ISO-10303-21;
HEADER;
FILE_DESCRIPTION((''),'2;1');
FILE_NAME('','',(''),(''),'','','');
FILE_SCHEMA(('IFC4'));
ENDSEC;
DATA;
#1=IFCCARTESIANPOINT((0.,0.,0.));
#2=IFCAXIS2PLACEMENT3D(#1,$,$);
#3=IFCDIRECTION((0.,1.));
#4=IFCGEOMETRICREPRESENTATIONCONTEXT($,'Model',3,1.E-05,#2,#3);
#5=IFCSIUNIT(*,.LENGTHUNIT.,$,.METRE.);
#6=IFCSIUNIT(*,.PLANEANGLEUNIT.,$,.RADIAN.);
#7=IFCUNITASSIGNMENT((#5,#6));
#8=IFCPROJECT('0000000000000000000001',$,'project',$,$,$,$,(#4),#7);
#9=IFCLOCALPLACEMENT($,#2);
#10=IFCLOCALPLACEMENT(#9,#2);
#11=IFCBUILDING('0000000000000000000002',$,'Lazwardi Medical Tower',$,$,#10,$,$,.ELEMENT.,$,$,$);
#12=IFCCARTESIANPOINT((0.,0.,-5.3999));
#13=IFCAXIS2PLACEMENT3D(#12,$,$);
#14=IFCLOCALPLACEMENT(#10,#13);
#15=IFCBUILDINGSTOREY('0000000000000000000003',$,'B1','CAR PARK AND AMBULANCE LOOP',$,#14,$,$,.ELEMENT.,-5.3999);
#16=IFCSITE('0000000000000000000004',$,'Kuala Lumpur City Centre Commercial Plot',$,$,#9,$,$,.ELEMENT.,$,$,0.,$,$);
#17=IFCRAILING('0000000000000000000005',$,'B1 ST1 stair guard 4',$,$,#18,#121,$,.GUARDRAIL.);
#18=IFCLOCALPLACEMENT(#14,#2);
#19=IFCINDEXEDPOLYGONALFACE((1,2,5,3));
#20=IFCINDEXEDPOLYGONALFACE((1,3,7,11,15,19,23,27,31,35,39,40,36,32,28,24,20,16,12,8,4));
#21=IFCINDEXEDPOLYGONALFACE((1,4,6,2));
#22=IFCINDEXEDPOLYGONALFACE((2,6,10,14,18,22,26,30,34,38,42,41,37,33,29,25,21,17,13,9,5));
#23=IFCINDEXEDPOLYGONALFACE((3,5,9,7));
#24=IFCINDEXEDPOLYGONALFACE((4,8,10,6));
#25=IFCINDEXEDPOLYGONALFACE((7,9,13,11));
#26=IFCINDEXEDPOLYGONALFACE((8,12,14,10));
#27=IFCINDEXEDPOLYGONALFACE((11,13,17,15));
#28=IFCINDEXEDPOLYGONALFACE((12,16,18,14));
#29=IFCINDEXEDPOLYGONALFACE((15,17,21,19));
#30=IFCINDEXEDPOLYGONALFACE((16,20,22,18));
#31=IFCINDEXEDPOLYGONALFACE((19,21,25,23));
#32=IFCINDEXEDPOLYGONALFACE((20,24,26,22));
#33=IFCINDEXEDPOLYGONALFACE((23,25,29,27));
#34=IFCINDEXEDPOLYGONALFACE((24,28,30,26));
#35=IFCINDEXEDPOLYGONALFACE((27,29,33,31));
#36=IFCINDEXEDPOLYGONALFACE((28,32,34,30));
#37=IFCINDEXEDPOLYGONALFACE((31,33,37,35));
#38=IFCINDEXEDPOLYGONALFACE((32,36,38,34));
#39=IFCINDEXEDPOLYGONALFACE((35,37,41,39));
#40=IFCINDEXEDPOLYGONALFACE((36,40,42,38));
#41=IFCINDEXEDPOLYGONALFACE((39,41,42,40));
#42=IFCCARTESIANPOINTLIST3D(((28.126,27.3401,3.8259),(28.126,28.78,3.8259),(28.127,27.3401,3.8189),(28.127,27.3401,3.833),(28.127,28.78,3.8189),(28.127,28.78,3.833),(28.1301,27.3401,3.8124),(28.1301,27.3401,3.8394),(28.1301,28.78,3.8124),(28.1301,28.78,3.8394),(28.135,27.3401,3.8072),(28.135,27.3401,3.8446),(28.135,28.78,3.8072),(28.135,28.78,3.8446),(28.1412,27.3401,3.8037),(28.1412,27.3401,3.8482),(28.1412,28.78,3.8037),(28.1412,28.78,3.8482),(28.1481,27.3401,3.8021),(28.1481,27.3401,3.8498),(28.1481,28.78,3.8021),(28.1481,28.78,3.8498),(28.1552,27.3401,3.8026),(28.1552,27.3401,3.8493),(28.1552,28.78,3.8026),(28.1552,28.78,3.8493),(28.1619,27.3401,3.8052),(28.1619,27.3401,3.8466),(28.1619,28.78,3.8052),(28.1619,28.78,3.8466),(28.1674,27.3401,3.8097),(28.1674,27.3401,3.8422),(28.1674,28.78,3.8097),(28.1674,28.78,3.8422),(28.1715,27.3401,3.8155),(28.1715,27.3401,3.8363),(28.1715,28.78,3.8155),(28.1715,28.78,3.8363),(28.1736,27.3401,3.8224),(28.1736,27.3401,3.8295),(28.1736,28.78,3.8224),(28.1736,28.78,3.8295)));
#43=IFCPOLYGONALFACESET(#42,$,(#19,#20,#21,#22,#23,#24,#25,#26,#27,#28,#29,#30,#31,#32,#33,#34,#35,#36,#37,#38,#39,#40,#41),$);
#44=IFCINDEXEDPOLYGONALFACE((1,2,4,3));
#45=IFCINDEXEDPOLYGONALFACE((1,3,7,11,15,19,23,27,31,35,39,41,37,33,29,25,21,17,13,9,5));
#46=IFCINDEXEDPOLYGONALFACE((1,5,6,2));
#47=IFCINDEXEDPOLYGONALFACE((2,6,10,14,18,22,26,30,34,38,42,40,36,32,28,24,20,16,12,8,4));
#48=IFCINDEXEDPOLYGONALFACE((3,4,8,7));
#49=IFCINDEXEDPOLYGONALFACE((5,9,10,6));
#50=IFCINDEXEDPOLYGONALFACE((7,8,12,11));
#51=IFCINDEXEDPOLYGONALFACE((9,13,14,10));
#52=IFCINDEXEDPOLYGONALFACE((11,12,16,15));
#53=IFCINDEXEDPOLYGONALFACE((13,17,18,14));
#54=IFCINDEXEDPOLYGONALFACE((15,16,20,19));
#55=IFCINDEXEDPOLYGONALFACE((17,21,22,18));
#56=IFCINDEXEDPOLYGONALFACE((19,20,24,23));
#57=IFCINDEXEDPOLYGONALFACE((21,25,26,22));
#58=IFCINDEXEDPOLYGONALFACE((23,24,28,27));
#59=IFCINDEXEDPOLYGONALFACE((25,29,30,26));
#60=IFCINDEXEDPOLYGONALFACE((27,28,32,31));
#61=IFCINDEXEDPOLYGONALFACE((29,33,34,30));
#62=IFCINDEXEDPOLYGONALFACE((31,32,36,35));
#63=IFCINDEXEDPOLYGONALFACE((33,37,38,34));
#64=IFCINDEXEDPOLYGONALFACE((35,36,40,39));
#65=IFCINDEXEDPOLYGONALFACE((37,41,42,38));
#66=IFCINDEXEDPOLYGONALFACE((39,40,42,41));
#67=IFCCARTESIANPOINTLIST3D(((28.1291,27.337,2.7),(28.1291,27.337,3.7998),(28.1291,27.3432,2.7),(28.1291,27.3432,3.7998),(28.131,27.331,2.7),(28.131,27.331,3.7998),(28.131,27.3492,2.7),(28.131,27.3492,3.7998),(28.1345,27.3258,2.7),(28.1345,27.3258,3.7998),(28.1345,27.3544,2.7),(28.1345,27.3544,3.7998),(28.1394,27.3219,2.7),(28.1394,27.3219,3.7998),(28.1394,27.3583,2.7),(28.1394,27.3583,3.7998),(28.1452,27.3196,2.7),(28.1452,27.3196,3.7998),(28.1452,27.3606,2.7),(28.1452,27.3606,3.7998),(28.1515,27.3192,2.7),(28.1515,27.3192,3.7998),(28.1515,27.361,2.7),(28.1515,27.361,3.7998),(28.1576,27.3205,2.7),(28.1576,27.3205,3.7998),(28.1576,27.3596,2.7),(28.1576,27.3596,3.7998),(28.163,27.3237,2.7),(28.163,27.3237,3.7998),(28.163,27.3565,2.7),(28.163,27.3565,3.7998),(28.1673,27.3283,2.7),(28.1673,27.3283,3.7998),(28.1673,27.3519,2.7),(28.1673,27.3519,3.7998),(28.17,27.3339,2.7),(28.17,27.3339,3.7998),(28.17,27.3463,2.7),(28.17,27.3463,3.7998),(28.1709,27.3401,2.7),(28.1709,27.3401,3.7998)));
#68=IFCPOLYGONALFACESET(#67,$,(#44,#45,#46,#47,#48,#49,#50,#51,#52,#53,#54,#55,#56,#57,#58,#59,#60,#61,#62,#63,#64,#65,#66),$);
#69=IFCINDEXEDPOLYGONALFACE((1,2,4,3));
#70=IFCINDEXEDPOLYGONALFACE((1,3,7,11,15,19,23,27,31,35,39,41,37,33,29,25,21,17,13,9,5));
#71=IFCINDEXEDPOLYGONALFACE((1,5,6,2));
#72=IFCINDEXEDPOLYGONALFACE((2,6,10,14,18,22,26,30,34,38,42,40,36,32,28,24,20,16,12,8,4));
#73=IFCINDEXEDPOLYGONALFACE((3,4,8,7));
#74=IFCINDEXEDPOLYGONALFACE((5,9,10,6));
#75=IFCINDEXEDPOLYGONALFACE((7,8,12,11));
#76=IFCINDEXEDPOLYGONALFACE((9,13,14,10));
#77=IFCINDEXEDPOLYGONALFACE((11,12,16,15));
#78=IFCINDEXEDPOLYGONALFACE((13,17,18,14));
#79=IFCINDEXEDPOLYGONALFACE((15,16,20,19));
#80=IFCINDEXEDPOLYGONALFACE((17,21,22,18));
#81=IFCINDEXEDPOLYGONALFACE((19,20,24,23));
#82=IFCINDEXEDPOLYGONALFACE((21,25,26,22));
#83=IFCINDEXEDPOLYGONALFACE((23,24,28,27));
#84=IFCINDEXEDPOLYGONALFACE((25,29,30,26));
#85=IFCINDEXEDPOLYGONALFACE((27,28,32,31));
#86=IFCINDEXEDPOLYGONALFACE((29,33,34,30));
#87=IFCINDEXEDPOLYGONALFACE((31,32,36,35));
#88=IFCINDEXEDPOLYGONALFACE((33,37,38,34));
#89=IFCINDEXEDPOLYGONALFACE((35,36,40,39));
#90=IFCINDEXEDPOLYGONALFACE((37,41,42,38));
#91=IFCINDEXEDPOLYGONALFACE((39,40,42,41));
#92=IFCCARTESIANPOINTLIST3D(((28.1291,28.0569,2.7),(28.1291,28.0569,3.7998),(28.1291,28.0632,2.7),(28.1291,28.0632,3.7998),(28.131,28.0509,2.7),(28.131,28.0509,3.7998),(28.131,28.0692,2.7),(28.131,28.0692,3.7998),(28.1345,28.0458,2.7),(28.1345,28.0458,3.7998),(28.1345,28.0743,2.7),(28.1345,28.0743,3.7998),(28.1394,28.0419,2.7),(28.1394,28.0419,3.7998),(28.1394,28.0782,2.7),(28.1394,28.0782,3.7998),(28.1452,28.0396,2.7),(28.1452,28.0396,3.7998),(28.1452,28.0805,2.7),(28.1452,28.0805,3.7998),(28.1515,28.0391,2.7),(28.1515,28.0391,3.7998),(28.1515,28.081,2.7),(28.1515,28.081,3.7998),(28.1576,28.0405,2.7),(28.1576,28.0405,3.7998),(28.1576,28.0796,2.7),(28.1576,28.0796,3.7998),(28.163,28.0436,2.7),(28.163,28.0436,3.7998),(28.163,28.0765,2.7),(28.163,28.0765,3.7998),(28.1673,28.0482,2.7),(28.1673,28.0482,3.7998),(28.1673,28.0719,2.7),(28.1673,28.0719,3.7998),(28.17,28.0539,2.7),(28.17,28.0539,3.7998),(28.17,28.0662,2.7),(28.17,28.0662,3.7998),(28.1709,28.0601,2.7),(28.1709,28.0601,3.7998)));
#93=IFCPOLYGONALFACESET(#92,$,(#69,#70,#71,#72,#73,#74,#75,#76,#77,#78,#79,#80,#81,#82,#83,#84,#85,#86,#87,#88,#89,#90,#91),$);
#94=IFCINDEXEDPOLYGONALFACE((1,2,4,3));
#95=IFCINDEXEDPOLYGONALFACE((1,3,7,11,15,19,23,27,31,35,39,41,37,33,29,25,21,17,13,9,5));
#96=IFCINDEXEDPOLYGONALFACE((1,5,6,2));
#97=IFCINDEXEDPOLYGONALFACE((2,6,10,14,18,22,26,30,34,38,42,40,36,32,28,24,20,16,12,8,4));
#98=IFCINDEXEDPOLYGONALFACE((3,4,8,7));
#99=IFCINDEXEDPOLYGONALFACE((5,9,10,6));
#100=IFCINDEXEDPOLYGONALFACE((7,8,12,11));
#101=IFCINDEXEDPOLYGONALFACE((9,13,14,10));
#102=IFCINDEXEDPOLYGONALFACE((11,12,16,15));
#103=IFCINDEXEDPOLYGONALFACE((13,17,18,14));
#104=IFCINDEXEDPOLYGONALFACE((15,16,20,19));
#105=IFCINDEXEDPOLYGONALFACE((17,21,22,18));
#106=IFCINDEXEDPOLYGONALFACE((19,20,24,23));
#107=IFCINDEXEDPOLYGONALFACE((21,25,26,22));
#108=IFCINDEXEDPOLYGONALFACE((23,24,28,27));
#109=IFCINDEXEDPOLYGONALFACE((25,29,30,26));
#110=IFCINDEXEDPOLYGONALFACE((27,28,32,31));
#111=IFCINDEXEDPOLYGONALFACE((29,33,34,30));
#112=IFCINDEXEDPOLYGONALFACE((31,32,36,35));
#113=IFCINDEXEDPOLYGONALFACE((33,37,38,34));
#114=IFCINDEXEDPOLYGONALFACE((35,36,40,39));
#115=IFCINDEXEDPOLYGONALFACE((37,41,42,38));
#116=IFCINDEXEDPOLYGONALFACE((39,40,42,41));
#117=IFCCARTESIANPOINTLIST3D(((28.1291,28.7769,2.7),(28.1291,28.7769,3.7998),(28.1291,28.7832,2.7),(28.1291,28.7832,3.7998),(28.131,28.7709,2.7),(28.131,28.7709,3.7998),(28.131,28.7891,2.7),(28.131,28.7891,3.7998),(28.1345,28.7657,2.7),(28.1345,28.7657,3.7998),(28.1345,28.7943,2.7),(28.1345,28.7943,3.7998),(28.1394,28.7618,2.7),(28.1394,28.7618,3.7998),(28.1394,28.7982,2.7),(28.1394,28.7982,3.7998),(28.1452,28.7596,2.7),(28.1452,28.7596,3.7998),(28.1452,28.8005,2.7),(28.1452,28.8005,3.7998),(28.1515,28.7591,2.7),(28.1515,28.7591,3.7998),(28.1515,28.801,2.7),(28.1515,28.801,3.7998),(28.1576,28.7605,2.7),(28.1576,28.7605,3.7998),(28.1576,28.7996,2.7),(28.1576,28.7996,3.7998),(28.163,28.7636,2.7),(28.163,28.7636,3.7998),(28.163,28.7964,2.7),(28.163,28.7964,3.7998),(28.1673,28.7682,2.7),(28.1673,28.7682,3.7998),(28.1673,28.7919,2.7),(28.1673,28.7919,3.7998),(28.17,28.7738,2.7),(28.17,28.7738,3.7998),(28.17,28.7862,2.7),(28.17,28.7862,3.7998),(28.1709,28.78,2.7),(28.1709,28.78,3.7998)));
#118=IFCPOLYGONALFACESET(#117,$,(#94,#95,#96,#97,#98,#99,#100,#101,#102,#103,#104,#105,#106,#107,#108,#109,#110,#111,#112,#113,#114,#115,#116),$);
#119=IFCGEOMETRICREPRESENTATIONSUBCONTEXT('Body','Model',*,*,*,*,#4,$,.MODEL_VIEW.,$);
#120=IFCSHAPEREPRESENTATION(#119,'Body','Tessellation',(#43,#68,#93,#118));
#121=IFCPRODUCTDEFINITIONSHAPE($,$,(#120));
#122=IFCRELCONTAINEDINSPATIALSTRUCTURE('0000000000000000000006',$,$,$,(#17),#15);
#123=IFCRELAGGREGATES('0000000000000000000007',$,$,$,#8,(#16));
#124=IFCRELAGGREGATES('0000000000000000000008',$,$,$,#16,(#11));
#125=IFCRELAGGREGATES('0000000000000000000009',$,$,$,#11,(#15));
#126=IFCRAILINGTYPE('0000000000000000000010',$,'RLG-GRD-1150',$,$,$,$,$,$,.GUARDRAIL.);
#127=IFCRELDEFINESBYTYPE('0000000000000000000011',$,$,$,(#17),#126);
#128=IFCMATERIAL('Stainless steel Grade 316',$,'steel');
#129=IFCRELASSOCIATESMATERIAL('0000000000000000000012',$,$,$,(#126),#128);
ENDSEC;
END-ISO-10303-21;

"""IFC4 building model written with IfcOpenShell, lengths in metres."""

from ifc_helpers import new_model, si_unit, direction, frame, origin, origin_2d, place, context, subcontext, project, spatial, circle, extrude, material, type_object, element, save


model = new_model("IFC4")

# Units and contexts
model_context = context("Model", 3, precision=1e-05, world=origin(), true_north=direction((0.0, 1.0)))
body_context = subcontext(model_context, "Body", "Model", "MODEL_VIEW")
ifc_project = project(units=[si_unit("LENGTHUNIT", "METRE"), si_unit("PLANEANGLEUNIT", "RADIAN")], contexts=[model_context])

# Site, building, storey
site_placement = place(None, origin())
site = spatial("IfcSite", under=ifc_project, at=site_placement, Name="Kuala Lumpur City Centre Commercial Plot", CompositionType="ELEMENT", RefElevation=0.0)
building_placement = place(site_placement, origin())
building = spatial("IfcBuilding", under=site, at=building_placement, Name="Lazwardi Medical Tower", CompositionType="ELEMENT")
storey_placement = place(building_placement, frame((0.0, 0.0, -5.3999)))
storey = spatial("IfcBuildingStorey", under=building, at=storey_placement, Name="B1", Description="CAR PARK AND AMBULANCE LOOP", CompositionType="ELEMENT", Elevation=-5.3999)

# Railing
ifc_material_1 = material(Name="Stainless steel Grade 316", Category="steel")
railing_type_1 = type_object("IfcRailingType", Name="RLG-GRD-1150", PredefinedType="GUARDRAIL", material=ifc_material_1)
railing_1_placement = place(storey_placement, frame((28.1499, 27.3401, 2.7)))
element("IfcRailing", 1, at=railing_1_placement, inside=storey, type_object=railing_type_1, Name="B1 ST1 stair guard 4", PredefinedType="GUARDRAIL", context=body_context, shape_type="SweptSolid", body=[
    extrude(circle(Radius=0.0239, at=origin_2d()), frame((0.0, 0.0, 1.126), z_axis=(0.0, 1.0, 0.0), x_axis=(-1.0, 0.0, 0.0)), (0.0, 0.0, 1.0), 1.4399),
    extrude(circle(Radius=0.021, at=origin_2d()), origin(), (0.0, 0.0, 1.0), 1.0999),
    extrude(circle(Radius=0.021, at=origin_2d()), frame((0.0, 0.72, 0.0)), (0.0, 0.0, 1.0), 1.0999),
    extrude(circle(Radius=0.021, at=origin_2d()), frame((0.0, 1.4399, 0.0)), (0.0, 0.0, 1.0), 1.0999),
])

save(model, "model.ifc")
